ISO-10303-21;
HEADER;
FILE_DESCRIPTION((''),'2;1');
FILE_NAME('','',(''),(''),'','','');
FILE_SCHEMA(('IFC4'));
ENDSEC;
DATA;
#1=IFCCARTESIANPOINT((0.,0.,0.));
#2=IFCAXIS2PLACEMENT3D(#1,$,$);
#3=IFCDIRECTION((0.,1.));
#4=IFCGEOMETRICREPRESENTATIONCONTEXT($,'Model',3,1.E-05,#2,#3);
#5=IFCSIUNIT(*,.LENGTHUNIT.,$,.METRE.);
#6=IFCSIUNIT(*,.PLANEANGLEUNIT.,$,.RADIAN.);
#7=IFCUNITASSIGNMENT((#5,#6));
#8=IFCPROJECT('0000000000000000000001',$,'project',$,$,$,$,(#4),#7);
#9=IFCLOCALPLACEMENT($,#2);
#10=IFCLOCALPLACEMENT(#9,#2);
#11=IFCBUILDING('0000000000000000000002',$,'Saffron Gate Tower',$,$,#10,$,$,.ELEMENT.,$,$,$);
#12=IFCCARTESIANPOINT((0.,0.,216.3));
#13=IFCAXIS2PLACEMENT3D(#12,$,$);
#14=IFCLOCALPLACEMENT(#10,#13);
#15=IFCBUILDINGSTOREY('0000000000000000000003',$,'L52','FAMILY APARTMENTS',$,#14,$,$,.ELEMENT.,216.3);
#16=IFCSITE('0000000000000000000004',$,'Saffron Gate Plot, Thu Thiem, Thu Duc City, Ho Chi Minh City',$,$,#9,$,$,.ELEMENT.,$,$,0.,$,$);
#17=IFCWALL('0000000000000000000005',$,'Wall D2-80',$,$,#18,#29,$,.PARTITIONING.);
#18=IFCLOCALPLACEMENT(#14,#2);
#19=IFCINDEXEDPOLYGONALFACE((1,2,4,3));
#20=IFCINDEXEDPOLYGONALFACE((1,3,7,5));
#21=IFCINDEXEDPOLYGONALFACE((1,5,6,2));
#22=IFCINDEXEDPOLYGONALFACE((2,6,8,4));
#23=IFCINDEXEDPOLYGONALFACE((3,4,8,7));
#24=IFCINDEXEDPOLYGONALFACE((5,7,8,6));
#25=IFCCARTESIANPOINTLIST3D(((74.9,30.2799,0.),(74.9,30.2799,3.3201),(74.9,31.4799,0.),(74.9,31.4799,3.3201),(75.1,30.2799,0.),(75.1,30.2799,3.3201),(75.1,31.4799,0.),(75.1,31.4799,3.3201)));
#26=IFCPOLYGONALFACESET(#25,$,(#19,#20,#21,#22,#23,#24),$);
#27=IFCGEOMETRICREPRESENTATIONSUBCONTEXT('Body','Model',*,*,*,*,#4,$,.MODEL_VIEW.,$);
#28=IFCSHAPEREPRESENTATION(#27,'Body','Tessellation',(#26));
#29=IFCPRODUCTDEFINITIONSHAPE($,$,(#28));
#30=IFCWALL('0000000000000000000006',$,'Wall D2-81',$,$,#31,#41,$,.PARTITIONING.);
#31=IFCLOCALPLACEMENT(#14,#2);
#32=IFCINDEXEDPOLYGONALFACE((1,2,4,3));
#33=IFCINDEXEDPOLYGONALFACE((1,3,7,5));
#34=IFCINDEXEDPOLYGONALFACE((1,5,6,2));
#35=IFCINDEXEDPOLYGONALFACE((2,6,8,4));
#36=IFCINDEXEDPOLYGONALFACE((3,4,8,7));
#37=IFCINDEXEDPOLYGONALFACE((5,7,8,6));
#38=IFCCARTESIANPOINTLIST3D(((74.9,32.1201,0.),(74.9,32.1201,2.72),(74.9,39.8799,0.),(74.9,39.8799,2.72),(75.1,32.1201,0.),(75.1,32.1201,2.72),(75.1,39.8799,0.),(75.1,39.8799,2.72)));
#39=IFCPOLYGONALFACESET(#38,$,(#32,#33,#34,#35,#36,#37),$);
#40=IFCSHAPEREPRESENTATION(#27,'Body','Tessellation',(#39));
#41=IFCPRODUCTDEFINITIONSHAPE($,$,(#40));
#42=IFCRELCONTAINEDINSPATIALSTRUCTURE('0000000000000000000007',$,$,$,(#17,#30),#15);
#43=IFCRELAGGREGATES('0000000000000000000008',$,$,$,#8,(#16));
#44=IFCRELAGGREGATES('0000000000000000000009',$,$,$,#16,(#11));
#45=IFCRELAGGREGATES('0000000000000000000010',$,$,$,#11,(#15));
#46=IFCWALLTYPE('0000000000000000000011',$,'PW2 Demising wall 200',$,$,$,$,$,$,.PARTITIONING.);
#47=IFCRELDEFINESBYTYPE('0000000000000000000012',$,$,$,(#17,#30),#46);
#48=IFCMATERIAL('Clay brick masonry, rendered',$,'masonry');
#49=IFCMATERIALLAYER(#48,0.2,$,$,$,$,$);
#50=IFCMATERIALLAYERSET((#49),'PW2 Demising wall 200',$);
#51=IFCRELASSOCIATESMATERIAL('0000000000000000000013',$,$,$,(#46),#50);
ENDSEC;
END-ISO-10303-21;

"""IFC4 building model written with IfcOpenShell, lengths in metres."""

from ifc_helpers import new_model, si_unit, direction, frame, frame_2d, origin, place, context, subcontext, project, spatial, rectangle, extrude, material, layer, layer_set, type_object, element, save


model = new_model("IFC4")

# Units and contexts
model_context = context("Model", 3, precision=1e-05, world=origin(), true_north=direction((0.0, 1.0)))
body_context = subcontext(model_context, "Body", "Model", "MODEL_VIEW")
ifc_project = project(units=[si_unit("LENGTHUNIT", "METRE"), si_unit("PLANEANGLEUNIT", "RADIAN")], contexts=[model_context])

# Site, building, storey
site_placement = place(None, origin())
site = spatial("IfcSite", under=ifc_project, at=site_placement, Name="Saffron Gate Plot, Thu Thiem, Thu Duc City, Ho Chi Minh City", CompositionType="ELEMENT", RefElevation=0.0)
building_placement = place(site_placement, origin())
building = spatial("IfcBuilding", under=site, at=building_placement, Name="Saffron Gate Tower", CompositionType="ELEMENT")
storey_placement = place(building_placement, frame((0.0, 0.0, 216.3)))
storey = spatial("IfcBuildingStorey", under=building, at=storey_placement, Name="L52", Description="FAMILY APARTMENTS", CompositionType="ELEMENT", Elevation=216.3)

# Walls
ifc_material_1 = material(Name="Clay brick masonry, rendered", Category="masonry")
ifc_layer_1 = layer(ifc_material_1, 0.2)
ifc_layer_set_1 = layer_set([ifc_layer_1], Name="PW2 Demising wall 200")
wall_type_1 = type_object("IfcWallType", Name="PW2 Demising wall 200", PredefinedType="PARTITIONING", material=ifc_layer_set_1)
wall_1_placement = place(storey_placement, frame((75.0, 31.48, 0.0), z_axis=(0.0, 0.0, 1.0), x_axis=(0.0, -1.0, 0.0)))
element("IfcWall", 1, at=wall_1_placement, inside=storey, type_object=wall_type_1, Name="Wall D2-80", PredefinedType="PARTITIONING", context=body_context, shape_type="SweptSolid", body=[
    extrude(rectangle(XDim=1.2, YDim=0.2, at=frame_2d((0.6001, 0.0))), origin(), (0.0, 0.0, 1.0), 3.3201),
])
wall_2_placement = place(storey_placement, frame((75.0, 39.8799, 0.0), z_axis=(0.0, 0.0, 1.0), x_axis=(0.0, -1.0, 0.0)))
element("IfcWall", 2, at=wall_2_placement, inside=storey, type_object=wall_type_1, Name="Wall D2-81", PredefinedType="PARTITIONING", context=body_context, shape_type="SweptSolid", body=[
    extrude(rectangle(XDim=7.7598, YDim=0.2, at=frame_2d((3.8799, 0.0))), origin(), (0.0, 0.0, 1.0), 2.72),
])

save(model, "model.ifc")
